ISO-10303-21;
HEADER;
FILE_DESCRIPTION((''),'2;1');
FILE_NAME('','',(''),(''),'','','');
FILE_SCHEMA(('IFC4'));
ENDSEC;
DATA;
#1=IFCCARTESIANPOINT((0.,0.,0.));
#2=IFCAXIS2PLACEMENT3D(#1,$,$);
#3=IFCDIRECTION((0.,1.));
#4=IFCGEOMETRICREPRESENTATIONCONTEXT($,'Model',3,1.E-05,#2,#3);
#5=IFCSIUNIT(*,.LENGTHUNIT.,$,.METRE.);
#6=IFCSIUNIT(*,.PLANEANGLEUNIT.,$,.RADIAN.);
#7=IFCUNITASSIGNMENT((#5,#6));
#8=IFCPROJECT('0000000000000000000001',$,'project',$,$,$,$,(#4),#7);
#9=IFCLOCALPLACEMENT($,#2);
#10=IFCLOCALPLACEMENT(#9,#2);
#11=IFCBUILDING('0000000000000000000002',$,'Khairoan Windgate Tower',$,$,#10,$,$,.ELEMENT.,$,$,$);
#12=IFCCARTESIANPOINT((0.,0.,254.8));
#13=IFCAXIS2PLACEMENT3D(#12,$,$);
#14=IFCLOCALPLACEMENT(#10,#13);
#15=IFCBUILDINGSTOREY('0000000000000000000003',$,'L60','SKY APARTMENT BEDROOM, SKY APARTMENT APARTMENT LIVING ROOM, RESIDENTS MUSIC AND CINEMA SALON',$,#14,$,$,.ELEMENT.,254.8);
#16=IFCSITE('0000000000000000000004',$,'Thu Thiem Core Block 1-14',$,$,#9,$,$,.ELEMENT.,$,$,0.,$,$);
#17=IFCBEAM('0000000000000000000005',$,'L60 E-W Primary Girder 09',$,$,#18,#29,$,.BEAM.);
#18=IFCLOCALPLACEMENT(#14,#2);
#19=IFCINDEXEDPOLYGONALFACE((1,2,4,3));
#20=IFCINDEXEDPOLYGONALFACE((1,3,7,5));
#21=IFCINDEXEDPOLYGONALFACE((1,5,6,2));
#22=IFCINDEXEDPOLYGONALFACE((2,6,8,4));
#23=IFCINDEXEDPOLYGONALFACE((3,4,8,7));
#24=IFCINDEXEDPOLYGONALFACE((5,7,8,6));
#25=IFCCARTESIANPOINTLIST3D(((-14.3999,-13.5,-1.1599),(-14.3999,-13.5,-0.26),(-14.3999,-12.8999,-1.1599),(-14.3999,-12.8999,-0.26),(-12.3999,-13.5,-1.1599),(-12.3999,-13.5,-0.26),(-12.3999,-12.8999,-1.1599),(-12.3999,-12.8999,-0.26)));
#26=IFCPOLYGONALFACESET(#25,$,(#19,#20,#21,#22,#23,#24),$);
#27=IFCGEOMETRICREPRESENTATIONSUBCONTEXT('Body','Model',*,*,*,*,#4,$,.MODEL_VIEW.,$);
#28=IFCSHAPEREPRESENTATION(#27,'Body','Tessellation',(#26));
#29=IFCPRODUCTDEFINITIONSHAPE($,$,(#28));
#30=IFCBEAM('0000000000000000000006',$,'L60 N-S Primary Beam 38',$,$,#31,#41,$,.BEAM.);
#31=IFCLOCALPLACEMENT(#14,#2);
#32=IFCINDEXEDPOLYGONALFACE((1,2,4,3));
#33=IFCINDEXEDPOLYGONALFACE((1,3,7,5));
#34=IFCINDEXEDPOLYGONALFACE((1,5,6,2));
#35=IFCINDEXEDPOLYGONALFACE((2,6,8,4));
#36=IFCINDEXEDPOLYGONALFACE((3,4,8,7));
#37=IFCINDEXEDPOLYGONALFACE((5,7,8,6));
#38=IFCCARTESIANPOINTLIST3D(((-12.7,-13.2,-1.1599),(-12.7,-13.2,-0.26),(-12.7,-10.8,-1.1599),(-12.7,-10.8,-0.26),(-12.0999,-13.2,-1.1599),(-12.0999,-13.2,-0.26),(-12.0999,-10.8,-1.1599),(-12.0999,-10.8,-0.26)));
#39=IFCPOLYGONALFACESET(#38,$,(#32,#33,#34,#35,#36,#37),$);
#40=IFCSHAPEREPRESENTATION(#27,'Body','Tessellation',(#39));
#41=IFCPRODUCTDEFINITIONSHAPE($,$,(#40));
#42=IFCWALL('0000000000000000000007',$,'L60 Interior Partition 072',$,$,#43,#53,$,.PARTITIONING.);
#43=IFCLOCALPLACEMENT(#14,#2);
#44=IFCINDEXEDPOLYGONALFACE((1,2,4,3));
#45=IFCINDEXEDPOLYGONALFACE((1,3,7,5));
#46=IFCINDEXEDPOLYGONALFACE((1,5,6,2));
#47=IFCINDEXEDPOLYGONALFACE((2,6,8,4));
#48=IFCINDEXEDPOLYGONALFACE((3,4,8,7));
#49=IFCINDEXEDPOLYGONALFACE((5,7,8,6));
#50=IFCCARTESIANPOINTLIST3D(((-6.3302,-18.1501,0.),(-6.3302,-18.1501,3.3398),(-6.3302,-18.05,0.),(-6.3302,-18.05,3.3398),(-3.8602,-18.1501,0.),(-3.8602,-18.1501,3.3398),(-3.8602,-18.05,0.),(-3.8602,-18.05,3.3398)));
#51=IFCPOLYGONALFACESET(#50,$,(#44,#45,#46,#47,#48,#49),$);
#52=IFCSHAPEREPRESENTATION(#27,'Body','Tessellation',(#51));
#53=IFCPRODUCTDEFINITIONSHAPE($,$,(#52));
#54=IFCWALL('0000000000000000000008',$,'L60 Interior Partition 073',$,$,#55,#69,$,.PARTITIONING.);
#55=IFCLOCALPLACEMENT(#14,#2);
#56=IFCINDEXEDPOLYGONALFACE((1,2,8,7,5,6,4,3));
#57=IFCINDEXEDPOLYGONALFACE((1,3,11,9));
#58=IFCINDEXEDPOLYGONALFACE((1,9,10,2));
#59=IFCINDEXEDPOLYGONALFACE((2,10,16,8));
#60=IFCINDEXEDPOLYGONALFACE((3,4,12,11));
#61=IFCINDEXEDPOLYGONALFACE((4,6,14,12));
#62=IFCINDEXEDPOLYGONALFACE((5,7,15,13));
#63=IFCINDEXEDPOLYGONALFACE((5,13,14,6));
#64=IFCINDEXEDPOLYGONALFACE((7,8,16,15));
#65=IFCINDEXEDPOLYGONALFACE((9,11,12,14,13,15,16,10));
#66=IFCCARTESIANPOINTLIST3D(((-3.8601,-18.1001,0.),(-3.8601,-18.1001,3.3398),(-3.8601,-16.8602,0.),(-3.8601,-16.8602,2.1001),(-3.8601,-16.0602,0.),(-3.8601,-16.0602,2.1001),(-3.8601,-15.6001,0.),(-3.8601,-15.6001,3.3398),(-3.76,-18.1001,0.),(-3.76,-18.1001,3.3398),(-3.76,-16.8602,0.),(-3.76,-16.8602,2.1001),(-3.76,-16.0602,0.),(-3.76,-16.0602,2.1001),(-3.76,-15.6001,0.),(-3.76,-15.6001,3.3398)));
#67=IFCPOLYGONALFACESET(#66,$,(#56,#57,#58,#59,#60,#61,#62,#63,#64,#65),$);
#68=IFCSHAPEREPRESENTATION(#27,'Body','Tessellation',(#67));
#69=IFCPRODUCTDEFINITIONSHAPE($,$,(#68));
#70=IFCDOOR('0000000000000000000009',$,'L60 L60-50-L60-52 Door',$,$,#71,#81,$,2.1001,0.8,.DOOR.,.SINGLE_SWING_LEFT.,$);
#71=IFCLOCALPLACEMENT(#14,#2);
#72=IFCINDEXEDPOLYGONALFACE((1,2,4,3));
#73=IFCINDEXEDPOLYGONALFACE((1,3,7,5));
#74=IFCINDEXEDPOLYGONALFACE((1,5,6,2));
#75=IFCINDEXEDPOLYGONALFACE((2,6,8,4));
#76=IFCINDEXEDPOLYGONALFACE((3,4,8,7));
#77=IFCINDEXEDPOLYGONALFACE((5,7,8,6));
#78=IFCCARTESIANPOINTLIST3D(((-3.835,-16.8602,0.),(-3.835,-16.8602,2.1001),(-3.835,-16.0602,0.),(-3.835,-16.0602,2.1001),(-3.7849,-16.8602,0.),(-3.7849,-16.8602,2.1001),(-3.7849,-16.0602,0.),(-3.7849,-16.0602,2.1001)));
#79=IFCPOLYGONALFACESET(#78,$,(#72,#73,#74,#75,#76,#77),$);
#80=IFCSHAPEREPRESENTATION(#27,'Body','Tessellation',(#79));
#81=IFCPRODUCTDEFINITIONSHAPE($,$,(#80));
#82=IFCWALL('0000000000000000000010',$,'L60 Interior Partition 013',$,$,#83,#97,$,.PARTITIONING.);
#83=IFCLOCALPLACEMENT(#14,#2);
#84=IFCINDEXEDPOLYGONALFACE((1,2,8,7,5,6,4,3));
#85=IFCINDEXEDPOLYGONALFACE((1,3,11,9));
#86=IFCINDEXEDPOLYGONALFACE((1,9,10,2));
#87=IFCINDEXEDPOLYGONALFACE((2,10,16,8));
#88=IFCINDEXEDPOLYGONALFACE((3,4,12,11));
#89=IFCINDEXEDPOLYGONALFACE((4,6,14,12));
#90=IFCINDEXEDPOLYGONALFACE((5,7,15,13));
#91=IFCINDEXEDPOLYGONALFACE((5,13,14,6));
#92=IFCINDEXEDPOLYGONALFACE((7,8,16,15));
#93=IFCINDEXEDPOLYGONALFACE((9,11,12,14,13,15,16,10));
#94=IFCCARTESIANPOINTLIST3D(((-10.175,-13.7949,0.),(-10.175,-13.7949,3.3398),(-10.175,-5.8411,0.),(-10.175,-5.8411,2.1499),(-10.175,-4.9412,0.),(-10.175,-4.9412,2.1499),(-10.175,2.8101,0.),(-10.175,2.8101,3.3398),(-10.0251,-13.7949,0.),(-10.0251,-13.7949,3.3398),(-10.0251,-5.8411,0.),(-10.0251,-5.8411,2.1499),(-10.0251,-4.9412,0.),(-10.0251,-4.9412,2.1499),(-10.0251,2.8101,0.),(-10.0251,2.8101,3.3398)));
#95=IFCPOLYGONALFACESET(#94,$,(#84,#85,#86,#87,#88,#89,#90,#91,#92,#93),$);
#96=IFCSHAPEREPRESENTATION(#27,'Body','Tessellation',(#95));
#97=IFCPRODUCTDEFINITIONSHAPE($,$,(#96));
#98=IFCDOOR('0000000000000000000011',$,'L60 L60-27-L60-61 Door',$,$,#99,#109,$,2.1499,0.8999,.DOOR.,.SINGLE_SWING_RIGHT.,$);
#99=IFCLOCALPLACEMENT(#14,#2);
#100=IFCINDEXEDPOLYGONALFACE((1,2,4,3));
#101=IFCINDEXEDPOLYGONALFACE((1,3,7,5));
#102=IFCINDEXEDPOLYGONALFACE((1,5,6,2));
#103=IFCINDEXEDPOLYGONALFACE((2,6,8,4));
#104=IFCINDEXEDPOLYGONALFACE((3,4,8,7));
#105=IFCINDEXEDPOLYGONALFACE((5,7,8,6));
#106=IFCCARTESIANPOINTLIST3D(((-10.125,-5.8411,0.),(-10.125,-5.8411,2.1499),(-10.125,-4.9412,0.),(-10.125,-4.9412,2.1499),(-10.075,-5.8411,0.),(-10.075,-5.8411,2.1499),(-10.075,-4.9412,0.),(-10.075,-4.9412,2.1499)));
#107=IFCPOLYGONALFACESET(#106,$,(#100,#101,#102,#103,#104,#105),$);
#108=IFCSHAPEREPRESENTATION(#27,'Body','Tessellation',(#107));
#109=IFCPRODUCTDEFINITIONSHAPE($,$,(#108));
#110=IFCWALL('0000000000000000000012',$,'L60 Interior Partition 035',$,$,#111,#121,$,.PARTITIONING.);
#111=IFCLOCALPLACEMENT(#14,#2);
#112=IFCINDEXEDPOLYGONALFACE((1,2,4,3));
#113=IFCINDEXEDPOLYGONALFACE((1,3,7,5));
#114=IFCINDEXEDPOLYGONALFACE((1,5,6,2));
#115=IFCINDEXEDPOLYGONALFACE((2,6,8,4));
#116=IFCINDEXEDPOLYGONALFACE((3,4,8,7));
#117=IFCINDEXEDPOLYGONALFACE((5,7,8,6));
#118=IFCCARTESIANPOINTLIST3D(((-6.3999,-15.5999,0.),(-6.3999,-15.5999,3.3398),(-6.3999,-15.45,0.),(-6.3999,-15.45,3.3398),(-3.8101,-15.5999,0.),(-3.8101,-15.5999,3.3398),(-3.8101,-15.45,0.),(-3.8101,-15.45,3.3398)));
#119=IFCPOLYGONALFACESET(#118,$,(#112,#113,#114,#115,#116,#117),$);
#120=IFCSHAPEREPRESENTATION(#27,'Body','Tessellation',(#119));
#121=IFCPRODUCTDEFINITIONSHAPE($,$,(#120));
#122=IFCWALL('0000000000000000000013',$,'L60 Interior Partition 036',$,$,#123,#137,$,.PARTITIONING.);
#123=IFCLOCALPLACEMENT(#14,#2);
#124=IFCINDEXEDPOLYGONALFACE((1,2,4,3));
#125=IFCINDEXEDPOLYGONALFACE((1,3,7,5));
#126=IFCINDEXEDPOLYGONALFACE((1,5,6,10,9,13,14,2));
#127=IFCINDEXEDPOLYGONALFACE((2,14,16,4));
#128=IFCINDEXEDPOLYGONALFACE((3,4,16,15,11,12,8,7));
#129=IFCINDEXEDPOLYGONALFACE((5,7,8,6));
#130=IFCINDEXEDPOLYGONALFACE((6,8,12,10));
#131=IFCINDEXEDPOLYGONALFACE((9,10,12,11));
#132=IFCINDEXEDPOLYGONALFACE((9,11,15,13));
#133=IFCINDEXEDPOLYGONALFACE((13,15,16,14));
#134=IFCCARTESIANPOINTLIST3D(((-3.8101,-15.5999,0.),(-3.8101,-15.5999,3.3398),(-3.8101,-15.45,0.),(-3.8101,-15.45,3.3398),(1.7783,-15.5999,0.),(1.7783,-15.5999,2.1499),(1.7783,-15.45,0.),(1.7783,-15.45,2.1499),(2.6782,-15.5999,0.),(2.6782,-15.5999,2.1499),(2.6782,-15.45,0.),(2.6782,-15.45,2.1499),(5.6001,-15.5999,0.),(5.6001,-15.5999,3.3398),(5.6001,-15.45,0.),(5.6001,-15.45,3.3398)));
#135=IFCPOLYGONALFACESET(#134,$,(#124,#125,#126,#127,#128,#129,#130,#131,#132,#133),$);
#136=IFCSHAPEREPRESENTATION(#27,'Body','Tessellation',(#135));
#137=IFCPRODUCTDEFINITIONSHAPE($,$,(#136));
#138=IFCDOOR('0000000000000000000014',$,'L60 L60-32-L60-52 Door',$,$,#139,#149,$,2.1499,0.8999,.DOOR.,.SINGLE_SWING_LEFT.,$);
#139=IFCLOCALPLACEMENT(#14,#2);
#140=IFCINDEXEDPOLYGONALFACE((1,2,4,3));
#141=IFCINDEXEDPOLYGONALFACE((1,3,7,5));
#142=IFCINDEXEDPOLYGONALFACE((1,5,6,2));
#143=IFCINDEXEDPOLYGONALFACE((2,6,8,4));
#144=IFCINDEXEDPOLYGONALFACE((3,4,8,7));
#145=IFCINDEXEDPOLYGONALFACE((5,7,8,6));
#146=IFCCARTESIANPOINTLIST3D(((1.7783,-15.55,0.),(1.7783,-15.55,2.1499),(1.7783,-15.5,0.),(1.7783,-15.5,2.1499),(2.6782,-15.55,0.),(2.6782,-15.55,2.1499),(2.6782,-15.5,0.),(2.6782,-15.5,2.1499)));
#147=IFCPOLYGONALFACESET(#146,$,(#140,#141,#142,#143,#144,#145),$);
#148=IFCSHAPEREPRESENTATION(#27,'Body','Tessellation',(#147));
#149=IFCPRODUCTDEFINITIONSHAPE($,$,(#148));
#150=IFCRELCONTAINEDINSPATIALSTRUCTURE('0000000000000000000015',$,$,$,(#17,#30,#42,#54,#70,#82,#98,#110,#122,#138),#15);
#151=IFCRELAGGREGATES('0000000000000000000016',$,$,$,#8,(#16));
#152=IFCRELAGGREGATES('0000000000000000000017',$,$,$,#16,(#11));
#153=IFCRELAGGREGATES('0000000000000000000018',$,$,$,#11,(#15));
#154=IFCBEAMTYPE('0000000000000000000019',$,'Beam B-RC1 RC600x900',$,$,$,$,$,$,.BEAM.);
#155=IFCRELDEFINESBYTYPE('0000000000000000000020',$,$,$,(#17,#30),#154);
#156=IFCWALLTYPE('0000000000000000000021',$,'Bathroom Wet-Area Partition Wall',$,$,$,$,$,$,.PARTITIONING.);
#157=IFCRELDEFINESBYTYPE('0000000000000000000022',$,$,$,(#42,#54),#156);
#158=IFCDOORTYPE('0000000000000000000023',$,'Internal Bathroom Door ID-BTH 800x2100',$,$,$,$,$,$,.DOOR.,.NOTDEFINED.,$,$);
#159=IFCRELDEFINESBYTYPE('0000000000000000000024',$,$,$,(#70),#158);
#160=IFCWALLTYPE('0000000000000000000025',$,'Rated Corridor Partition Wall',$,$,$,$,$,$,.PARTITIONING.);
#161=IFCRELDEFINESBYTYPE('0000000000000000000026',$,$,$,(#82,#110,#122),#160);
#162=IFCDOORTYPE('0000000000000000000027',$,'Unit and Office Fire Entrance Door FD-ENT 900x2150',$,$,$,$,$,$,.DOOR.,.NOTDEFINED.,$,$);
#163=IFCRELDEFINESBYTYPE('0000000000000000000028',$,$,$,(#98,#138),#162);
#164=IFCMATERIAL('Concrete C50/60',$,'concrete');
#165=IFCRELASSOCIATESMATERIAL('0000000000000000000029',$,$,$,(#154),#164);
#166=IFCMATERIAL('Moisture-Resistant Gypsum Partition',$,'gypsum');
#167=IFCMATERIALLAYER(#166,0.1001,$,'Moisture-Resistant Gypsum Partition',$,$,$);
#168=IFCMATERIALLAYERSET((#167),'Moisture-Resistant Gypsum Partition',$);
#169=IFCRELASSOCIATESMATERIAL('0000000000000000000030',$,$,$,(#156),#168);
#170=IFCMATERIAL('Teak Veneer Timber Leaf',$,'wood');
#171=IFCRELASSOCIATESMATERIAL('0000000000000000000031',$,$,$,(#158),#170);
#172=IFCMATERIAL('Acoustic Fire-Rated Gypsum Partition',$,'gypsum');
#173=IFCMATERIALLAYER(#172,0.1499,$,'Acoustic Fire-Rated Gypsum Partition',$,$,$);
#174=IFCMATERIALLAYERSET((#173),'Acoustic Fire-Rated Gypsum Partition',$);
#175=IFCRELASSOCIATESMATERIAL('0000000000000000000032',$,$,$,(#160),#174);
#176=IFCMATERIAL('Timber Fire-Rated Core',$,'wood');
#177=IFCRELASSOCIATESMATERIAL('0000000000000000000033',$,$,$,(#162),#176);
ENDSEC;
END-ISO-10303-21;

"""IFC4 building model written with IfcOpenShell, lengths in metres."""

from ifc_helpers import new_model, si_unit, direction, frame, frame_2d, origin, origin_2d, place, context, subcontext, project, spatial, rectangle, extrude, material, layer, layer_set, material_profile, profile_set, type_object, element, fill, save


model = new_model("IFC4")

# Units and contexts
model_context = context("Model", 3, precision=1e-05, world=origin(), true_north=direction((0.0, 1.0)))
body_context = subcontext(model_context, "Body", "Model", "MODEL_VIEW")
ifc_project = project(units=[si_unit("LENGTHUNIT", "METRE"), si_unit("PLANEANGLEUNIT", "RADIAN")], contexts=[model_context])

# Site, building, storey
site_placement = place(None, origin())
site = spatial("IfcSite", under=ifc_project, at=site_placement, Name="Thu Thiem Core Block 1-14", CompositionType="ELEMENT", RefElevation=0.0)
building_placement = place(site_placement, origin())
building = spatial("IfcBuilding", under=site, at=building_placement, Name="Khairoan Windgate Tower", CompositionType="ELEMENT")
storey_placement = place(building_placement, frame((0.0, 0.0, 254.8)))
storey = spatial("IfcBuildingStorey", under=building, at=storey_placement, Name="L60", Description="SKY APARTMENT BEDROOM, SKY APARTMENT APARTMENT LIVING ROOM, RESIDENTS MUSIC AND CINEMA SALON", CompositionType="ELEMENT", Elevation=254.8)

# Beams
ifc_material_1 = material(Name="Concrete C50/60", Category="concrete")
ifc_material_profile = material_profile(ifc_material_1, rectangle(XDim=0.6001, YDim=0.8999, at=origin_2d()))
ifc_profile_set = profile_set([ifc_material_profile], Name="Concrete C50/60")
beam_type = type_object("IfcBeamType", Name="Beam B-RC1 RC600x900", PredefinedType="BEAM", material=ifc_profile_set)
beam_1_placement = place(storey_placement, frame((-14.3999, -13.2, -0.71), z_axis=(1.0, 0.0, 0.0), x_axis=(0.0, 1.0, 0.0)))
element("IfcBeam", 1, at=beam_1_placement, inside=storey, type_object=beam_type, Name="L60 E-W Primary Girder 09", PredefinedType="BEAM", context=body_context, shape_type="SweptSolid", body=[
    extrude(rectangle(XDim=0.6001, YDim=0.8999, at=origin_2d()), origin(), (0.0, 0.0, 1.0), 2.0),
])
beam_2_placement = place(storey_placement, frame((-12.3999, -13.2, -0.71), z_axis=(0.0, 1.0, 0.0), x_axis=(-1.0, 0.0, 0.0)))
element("IfcBeam", 2, at=beam_2_placement, inside=storey, type_object=beam_type, Name="L60 N-S Primary Beam 38", PredefinedType="BEAM", context=body_context, shape_type="SweptSolid", body=[
    extrude(rectangle(XDim=0.6001, YDim=0.8999, at=origin_2d()), origin(), (0.0, 0.0, 1.0), 2.3999),
])

# Wall
ifc_material_2 = material(Name="Moisture-Resistant Gypsum Partition", Category="gypsum")
ifc_layer_1 = layer(ifc_material_2, 0.1001, Name="Moisture-Resistant Gypsum Partition")
ifc_layer_set_1 = layer_set([ifc_layer_1], Name="Moisture-Resistant Gypsum Partition")
wall_type_1 = type_object("IfcWallType", Name="Bathroom Wet-Area Partition Wall", PredefinedType="PARTITIONING", material=ifc_layer_set_1)
wall_1_placement = place(storey_placement, frame((-6.3301, -18.1001, 0.0), z_axis=(0.0, 0.0, 1.0), x_axis=(1.0, 0.0, 0.0)))
element("IfcWall", 3, at=wall_1_placement, inside=storey, type_object=wall_type_1, Name="L60 Interior Partition 072", PredefinedType="PARTITIONING", context=body_context, shape_type="SweptSolid", body=[
    extrude(rectangle(XDim=2.47, YDim=0.1001, at=frame_2d((1.2349, 0.0))), origin(), (0.0, 0.0, 1.0), 3.3398),
])

# Walls, openings, doors
wall_2_placement = place(storey_placement, frame((-3.8101, -18.1001, 0.0), z_axis=(0.0, 0.0, 1.0), x_axis=(0.0, 1.0, 0.0)))
wall_2 = element("IfcWall", 4, at=wall_2_placement, inside=storey, type_object=wall_type_1, Name="L60 Interior Partition 073", PredefinedType="PARTITIONING", context=body_context, shape_type="SweptSolid", body=[
    extrude(rectangle(XDim=2.5, YDim=0.1001, at=frame_2d((1.25, 0.0))), origin(), (0.0, 0.0, 1.0), 3.3398),
])
opening_1_placement = place(wall_2_placement, frame((1.24, 0.0, 0.0)))
opening_1 = element("IfcOpeningElement", 5, at=opening_1_placement, cuts=wall_2, PredefinedType="OPENING", context=body_context, shape_type="SweptSolid", body=[
    extrude(rectangle(XDim=0.8, YDim=2.1001, at=frame_2d((0.3999, 1.05))), frame((0.0, 0.0601, 0.0), z_axis=(0.0, -1.0, 0.0), x_axis=(1.0, 0.0, 0.0)), (0.0, 0.0, 1.0), 0.1201),
])
ifc_material_3 = material(Name="Teak Veneer Timber Leaf", Category="wood")
door_type_1 = type_object("IfcDoorType", Name="Internal Bathroom Door ID-BTH 800x2100", OperationType="NOTDEFINED", PredefinedType="DOOR", material=ifc_material_3)
door_1_placement = place(opening_1_placement, origin())
door_1 = element("IfcDoor", 6, at=door_1_placement, inside=storey, type_object=door_type_1, Name="L60 L60-50-L60-52 Door", OperationType="SINGLE_SWING_LEFT", OverallHeight=2.1001, OverallWidth=0.8, PredefinedType="DOOR", context=body_context, shape_type="SweptSolid", body=[
    extrude(rectangle(XDim=0.8, YDim=2.1001, at=frame_2d((0.3999, 1.05))), frame((0.0, 0.0249, 0.0), z_axis=(0.0, -1.0, 0.0), x_axis=(1.0, 0.0, 0.0)), (0.0, 0.0, 1.0), 0.05),
])
fill(opening_1, door_1)
ifc_material_4 = material(Name="Acoustic Fire-Rated Gypsum Partition", Category="gypsum")
ifc_layer_2 = layer(ifc_material_4, 0.1499, Name="Acoustic Fire-Rated Gypsum Partition")
ifc_layer_set_2 = layer_set([ifc_layer_2], Name="Acoustic Fire-Rated Gypsum Partition")
wall_type_2 = type_object("IfcWallType", Name="Rated Corridor Partition Wall", PredefinedType="PARTITIONING", material=ifc_layer_set_2)
wall_3_placement = place(storey_placement, frame((-10.1001, -13.7949, 0.0), z_axis=(0.0, 0.0, 1.0), x_axis=(0.0, 1.0, 0.0)))
wall_3 = element("IfcWall", 7, at=wall_3_placement, inside=storey, type_object=wall_type_2, Name="L60 Interior Partition 013", PredefinedType="PARTITIONING", context=body_context, shape_type="SweptSolid", body=[
    extrude(rectangle(XDim=16.605, YDim=0.1499, at=frame_2d((8.3025, 0.0))), origin(), (0.0, 0.0, 1.0), 3.3398),
])
opening_2_placement = place(wall_3_placement, frame((7.9539, 0.0, 0.0)))
opening_2 = element("IfcOpeningElement", 8, at=opening_2_placement, cuts=wall_3, PredefinedType="OPENING", context=body_context, shape_type="SweptSolid", body=[
    extrude(rectangle(XDim=0.8999, YDim=2.1499, at=frame_2d((0.45, 1.075))), frame((0.0, 0.085, 0.0), z_axis=(0.0, -1.0, 0.0), x_axis=(1.0, 0.0, 0.0)), (0.0, 0.0, 1.0), 0.1699),
])
ifc_material_5 = material(Name="Timber Fire-Rated Core", Category="wood")
door_type_2 = type_object("IfcDoorType", Name="Unit and Office Fire Entrance Door FD-ENT 900x2150", OperationType="NOTDEFINED", PredefinedType="DOOR", material=ifc_material_5)
door_2_placement = place(opening_2_placement, origin())
door_2 = element("IfcDoor", 9, at=door_2_placement, inside=storey, type_object=door_type_2, Name="L60 L60-27-L60-61 Door", OperationType="SINGLE_SWING_RIGHT", OverallHeight=2.1499, OverallWidth=0.8999, PredefinedType="DOOR", context=body_context, shape_type="SweptSolid", body=[
    extrude(rectangle(XDim=0.8999, YDim=2.1499, at=frame_2d((0.45, 1.075))), frame((0.0, 0.0249, 0.0), z_axis=(0.0, -1.0, 0.0), x_axis=(1.0, 0.0, 0.0)), (0.0, 0.0, 1.0), 0.05),
])
fill(opening_2, door_2)

# Wall
wall_4_placement = place(storey_placement, frame((-6.3999, -15.5249, 0.0), z_axis=(0.0, 0.0, 1.0), x_axis=(1.0, 0.0, 0.0)))
element("IfcWall", 10, at=wall_4_placement, inside=storey, type_object=wall_type_2, Name="L60 Interior Partition 035", PredefinedType="PARTITIONING", context=body_context, shape_type="SweptSolid", body=[
    extrude(rectangle(XDim=2.5898, YDim=0.1499, at=frame_2d((1.2949, 0.0))), origin(), (0.0, 0.0, 1.0), 3.3398),
])

# Wall, opening, door
wall_5_placement = place(storey_placement, frame((-3.8101, -15.5249, 0.0), z_axis=(0.0, 0.0, 1.0), x_axis=(1.0, 0.0, 0.0)))
wall_5 = element("IfcWall", 11, at=wall_5_placement, inside=storey, type_object=wall_type_2, Name="L60 Interior Partition 036", PredefinedType="PARTITIONING", context=body_context, shape_type="SweptSolid", body=[
    extrude(rectangle(XDim=9.4102, YDim=0.1499, at=frame_2d((4.7051, 0.0))), origin(), (0.0, 0.0, 1.0), 3.3398),
])
opening_3_placement = place(wall_5_placement, frame((5.5884, 0.0, 0.0)))
opening_3 = element("IfcOpeningElement", 12, at=opening_3_placement, cuts=wall_5, PredefinedType="OPENING", context=body_context, shape_type="SweptSolid", body=[
    extrude(rectangle(XDim=0.8999, YDim=2.1499, at=frame_2d((0.45, 1.075))), frame((0.0, 0.085, 0.0), z_axis=(0.0, -1.0, 0.0), x_axis=(1.0, 0.0, 0.0)), (0.0, 0.0, 1.0), 0.1699),
])
door_3_placement = place(opening_3_placement, origin())
door_3 = element("IfcDoor", 13, at=door_3_placement, inside=storey, type_object=door_type_2, Name="L60 L60-32-L60-52 Door", OperationType="SINGLE_SWING_LEFT", OverallHeight=2.1499, OverallWidth=0.8999, PredefinedType="DOOR", context=body_context, shape_type="SweptSolid", body=[
    extrude(rectangle(XDim=0.8999, YDim=2.1499, at=frame_2d((0.45, 1.075))), frame((0.0, 0.0249, 0.0), z_axis=(0.0, -1.0, 0.0), x_axis=(1.0, 0.0, 0.0)), (0.0, 0.0, 1.0), 0.05),
])
fill(opening_3, door_3)

save(model, "model.ifc")
